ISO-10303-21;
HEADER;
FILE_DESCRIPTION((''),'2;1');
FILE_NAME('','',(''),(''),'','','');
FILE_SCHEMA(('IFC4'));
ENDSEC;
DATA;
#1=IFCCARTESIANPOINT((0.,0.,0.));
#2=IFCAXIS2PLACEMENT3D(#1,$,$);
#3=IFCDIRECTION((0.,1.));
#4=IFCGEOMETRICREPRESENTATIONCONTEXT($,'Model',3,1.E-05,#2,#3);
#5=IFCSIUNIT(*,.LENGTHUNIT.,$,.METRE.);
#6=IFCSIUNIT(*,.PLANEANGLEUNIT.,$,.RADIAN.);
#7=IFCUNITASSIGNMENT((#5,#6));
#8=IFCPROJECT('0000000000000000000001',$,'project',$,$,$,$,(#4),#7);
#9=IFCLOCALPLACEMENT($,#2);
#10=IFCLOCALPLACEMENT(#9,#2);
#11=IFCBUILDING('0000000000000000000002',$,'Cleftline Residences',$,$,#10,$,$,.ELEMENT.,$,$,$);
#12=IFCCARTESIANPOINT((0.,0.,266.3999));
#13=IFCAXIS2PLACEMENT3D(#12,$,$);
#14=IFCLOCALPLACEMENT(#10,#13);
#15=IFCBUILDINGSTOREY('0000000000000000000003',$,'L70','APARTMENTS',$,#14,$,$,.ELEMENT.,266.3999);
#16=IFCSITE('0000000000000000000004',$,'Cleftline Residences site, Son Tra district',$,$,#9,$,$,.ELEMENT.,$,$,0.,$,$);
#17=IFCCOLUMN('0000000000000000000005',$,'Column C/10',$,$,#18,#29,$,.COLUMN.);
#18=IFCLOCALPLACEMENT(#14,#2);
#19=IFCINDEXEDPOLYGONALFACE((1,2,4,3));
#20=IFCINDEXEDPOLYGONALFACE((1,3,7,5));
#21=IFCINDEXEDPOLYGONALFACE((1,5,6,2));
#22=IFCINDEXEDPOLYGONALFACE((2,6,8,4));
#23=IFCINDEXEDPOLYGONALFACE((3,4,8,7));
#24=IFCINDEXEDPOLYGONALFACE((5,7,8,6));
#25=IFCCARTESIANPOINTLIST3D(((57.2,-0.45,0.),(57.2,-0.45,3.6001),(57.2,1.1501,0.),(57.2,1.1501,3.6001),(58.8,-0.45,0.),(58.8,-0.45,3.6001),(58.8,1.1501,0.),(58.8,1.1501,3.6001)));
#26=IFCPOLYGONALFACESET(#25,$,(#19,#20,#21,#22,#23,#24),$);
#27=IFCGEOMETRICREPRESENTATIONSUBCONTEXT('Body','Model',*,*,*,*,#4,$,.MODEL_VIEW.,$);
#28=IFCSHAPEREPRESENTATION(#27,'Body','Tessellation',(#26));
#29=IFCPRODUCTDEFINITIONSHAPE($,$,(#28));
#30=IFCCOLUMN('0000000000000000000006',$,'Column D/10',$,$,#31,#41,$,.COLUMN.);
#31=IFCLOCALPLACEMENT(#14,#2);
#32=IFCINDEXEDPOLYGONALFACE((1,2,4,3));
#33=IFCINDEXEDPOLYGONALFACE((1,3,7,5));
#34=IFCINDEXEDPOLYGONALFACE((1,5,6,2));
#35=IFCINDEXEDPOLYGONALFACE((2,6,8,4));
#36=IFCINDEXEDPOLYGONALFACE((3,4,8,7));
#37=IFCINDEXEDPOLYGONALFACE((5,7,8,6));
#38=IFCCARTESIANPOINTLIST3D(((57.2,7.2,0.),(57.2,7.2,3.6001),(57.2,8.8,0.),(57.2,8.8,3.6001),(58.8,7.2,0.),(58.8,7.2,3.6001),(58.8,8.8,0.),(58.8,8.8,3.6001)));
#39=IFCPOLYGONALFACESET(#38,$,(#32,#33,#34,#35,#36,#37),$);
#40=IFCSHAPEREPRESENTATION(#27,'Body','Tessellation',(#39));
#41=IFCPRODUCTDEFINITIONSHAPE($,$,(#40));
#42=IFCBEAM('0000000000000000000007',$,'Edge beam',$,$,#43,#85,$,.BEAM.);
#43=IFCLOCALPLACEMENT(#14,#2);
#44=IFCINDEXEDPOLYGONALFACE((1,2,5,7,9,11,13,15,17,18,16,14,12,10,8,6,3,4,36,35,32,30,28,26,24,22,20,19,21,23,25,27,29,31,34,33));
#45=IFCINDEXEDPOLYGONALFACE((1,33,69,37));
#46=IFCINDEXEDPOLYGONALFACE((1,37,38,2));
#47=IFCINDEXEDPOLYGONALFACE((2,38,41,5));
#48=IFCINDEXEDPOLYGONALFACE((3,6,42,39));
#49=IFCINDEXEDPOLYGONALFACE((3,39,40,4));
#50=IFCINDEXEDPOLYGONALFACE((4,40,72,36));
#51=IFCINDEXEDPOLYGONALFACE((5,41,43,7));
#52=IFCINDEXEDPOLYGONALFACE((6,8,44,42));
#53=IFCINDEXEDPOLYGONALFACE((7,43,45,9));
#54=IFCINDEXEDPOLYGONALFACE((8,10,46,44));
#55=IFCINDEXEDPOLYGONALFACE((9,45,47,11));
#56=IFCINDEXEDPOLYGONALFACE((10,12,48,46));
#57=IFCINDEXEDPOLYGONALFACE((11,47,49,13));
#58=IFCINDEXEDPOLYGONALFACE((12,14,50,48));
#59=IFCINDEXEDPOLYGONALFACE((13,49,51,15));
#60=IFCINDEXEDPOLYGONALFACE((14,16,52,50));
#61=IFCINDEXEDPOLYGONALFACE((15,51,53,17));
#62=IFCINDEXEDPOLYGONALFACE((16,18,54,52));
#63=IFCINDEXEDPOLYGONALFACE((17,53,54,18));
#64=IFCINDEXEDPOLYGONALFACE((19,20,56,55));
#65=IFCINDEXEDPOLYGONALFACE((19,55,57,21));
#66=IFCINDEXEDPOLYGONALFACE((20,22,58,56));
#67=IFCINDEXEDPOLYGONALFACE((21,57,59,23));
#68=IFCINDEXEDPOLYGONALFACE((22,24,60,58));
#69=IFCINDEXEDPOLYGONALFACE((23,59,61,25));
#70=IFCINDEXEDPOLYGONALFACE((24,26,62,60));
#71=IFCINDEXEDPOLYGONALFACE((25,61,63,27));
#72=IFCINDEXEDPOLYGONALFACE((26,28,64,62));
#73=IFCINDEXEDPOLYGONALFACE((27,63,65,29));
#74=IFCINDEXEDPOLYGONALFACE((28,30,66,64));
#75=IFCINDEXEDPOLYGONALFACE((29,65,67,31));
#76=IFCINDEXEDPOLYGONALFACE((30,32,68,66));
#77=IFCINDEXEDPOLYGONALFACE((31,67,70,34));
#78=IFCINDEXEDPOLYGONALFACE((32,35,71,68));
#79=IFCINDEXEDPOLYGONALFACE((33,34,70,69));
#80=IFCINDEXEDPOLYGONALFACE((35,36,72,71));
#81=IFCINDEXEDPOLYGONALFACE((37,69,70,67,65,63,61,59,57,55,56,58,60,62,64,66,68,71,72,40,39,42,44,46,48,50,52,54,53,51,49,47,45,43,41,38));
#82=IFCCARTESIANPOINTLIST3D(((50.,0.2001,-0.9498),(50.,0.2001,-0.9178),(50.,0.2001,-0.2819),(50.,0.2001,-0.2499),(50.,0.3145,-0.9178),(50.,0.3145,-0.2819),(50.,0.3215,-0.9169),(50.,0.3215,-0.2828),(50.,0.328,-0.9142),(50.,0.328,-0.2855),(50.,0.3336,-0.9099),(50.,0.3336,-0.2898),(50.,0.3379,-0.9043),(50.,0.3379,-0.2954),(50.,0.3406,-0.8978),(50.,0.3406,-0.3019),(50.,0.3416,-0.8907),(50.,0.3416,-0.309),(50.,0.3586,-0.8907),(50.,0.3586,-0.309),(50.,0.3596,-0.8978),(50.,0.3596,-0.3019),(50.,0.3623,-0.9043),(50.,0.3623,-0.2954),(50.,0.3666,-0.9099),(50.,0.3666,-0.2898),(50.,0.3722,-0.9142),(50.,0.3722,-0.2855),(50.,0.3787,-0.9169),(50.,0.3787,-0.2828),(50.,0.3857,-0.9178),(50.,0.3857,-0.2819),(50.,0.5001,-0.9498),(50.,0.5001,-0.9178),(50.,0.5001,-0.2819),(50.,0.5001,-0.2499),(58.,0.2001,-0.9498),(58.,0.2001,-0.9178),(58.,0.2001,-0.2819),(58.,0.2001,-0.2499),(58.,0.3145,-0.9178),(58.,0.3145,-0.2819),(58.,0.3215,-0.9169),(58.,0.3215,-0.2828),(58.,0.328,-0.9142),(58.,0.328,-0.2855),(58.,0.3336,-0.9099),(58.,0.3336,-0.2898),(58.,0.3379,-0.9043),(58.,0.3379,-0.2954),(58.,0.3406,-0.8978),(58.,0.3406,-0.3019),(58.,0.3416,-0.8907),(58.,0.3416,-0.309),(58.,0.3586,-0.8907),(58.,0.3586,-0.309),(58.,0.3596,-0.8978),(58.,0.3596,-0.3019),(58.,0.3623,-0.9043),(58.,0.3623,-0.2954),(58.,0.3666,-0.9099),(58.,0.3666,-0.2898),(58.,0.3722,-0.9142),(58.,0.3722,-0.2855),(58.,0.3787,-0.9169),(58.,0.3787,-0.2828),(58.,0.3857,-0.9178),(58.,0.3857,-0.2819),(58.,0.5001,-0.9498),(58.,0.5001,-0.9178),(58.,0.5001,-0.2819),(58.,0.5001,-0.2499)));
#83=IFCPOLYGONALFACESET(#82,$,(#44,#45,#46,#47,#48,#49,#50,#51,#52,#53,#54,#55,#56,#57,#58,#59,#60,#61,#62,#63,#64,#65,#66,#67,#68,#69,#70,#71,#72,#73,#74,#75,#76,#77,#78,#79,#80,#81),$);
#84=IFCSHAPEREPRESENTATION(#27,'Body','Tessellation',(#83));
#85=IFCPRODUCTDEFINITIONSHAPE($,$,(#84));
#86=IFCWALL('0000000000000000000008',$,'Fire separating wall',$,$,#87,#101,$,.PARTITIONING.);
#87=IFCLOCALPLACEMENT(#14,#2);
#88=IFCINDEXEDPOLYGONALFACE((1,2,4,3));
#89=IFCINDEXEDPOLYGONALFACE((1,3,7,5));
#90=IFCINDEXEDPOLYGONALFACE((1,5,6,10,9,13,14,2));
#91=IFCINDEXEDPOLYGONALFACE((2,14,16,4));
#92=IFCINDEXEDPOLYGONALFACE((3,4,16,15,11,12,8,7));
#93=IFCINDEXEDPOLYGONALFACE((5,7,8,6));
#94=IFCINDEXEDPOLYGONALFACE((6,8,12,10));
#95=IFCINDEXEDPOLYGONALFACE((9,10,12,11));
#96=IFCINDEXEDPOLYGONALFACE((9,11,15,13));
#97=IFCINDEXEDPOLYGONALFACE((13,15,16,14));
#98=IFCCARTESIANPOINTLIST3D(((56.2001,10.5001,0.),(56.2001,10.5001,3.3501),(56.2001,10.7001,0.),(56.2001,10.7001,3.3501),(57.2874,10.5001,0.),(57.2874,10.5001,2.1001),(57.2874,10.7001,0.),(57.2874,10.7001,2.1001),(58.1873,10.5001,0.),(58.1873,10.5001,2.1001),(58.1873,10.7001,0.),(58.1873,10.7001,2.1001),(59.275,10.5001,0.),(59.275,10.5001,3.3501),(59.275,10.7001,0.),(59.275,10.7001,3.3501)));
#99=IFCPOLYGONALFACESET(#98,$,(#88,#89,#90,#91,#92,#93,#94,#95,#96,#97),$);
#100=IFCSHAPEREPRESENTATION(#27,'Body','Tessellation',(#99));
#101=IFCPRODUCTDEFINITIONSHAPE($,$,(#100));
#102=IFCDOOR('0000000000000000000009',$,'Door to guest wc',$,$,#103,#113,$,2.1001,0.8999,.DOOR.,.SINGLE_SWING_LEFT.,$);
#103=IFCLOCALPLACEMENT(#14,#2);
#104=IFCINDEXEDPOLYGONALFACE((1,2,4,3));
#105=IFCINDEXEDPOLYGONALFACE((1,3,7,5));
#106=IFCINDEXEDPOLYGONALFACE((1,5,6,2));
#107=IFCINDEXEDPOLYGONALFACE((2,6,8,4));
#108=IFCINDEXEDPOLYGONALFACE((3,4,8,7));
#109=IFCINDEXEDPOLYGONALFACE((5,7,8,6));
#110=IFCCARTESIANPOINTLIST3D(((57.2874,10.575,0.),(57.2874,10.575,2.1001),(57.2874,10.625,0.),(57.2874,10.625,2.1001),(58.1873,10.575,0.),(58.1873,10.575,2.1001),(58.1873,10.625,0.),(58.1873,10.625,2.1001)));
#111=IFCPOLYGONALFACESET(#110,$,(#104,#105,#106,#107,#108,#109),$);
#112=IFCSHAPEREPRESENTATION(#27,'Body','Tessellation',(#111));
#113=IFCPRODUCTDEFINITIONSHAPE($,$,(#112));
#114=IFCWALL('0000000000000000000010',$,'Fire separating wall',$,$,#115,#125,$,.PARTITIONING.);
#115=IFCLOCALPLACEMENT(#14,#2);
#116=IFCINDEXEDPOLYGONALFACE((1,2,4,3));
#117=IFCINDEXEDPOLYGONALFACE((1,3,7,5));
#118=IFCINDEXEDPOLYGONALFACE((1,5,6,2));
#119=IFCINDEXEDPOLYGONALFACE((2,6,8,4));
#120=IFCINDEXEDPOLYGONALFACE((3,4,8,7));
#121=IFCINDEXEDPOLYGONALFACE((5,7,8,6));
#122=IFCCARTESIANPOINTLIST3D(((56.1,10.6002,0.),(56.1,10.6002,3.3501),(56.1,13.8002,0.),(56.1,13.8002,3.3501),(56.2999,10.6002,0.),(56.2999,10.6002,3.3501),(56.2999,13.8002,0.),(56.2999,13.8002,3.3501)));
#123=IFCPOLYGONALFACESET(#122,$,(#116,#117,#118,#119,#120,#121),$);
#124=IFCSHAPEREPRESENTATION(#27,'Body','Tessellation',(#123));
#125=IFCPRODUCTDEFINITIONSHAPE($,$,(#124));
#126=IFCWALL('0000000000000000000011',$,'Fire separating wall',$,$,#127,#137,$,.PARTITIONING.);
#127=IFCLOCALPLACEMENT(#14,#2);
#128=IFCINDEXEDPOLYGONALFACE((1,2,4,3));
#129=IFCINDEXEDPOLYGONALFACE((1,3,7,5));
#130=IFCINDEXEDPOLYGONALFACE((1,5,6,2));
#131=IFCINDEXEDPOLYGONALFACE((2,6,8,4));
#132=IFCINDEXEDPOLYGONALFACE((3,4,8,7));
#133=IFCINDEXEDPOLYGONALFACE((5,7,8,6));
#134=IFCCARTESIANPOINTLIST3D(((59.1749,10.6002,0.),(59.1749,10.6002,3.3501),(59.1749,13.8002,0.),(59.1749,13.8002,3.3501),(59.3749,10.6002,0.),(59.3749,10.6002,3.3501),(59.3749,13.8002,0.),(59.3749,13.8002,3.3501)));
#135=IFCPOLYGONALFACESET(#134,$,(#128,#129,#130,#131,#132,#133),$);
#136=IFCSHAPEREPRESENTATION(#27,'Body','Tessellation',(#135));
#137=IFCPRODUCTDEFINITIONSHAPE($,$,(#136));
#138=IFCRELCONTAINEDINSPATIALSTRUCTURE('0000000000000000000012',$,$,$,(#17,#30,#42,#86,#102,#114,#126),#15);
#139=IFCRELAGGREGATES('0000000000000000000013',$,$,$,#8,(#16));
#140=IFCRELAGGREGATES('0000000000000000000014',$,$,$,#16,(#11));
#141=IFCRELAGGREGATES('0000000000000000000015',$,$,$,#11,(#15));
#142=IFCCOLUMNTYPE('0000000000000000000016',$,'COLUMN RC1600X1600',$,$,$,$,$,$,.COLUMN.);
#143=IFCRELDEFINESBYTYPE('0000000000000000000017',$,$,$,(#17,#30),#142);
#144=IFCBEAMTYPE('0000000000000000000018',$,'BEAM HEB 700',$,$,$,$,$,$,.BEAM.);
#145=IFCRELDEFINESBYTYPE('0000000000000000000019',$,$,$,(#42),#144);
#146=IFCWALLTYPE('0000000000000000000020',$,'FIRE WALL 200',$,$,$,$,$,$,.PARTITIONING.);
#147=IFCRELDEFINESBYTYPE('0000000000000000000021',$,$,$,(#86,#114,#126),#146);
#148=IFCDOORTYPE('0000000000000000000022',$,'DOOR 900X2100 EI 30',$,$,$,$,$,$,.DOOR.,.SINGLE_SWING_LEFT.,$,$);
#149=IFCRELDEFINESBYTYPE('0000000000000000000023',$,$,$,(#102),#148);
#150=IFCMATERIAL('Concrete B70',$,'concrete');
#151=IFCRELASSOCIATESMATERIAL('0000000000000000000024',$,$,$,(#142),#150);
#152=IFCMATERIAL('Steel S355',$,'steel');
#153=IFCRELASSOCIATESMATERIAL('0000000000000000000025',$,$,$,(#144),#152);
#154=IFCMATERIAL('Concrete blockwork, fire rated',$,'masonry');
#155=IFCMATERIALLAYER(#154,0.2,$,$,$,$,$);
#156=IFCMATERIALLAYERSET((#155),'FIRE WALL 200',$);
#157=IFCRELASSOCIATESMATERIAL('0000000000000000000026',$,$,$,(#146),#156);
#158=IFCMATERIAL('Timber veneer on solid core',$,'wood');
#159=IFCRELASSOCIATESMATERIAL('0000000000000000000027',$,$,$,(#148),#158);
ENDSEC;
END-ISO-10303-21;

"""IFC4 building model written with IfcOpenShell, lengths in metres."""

from ifc_helpers import new_model, si_unit, direction, frame, frame_2d, origin, origin_2d, place, context, subcontext, project, spatial, rectangle, i_section, extrude, material, layer, layer_set, material_profile, profile_set, type_object, element, fill, save


model = new_model("IFC4")

# Units and contexts
model_context = context("Model", 3, precision=1e-05, world=origin(), true_north=direction((0.0, 1.0)))
body_context = subcontext(model_context, "Body", "Model", "MODEL_VIEW")
ifc_project = project(units=[si_unit("LENGTHUNIT", "METRE"), si_unit("PLANEANGLEUNIT", "RADIAN")], contexts=[model_context])

# Site, building, storey
site_placement = place(None, origin())
site = spatial("IfcSite", under=ifc_project, at=site_placement, Name="Cleftline Residences site, Son Tra district", CompositionType="ELEMENT", RefElevation=0.0)
building_placement = place(site_placement, origin())
building = spatial("IfcBuilding", under=site, at=building_placement, Name="Cleftline Residences", CompositionType="ELEMENT")
storey_placement = place(building_placement, frame((0.0, 0.0, 266.3999)))
storey = spatial("IfcBuildingStorey", under=building, at=storey_placement, Name="L70", Description="APARTMENTS", CompositionType="ELEMENT", Elevation=266.3999)

# Columns
ifc_material_1 = material(Name="Concrete B70", Category="concrete")
ifc_material_profile_1 = material_profile(ifc_material_1, rectangle(XDim=1.6001, YDim=1.6001, at=origin_2d()))
ifc_profile_set_1 = profile_set([ifc_material_profile_1], Name="Concrete B70")
column_type = type_object("IfcColumnType", Name="COLUMN RC1600X1600", PredefinedType="COLUMN", material=ifc_profile_set_1)
for number, where, z_axis, x_axis, name in (
    (1, (58.0, 0.3501, 0.0), (0.0, 0.0, 1.0), (1.0, 0.0, 0.0), "Column C/10"),
    (2, (58.0, 8.0, 0.0), (0.0, 0.0, 1.0), (1.0, 0.0, 0.0), "Column D/10"),
):
    element("IfcColumn", number, at=place(storey_placement, frame(where, z_axis=z_axis, x_axis=x_axis)), inside=storey, type_object=column_type, Name=name, PredefinedType="COLUMN", context=body_context, shape_type="SweptSolid", body=[
        extrude(rectangle(XDim=1.6001, YDim=1.6001, at=origin_2d()), origin(), (0.0, 0.0, 1.0), 3.6001),
    ])

# Beam
ifc_material_2 = material(Name="Steel S355", Category="steel")
ifc_material_profile_2 = material_profile(ifc_material_2, i_section(OverallWidth=0.3, OverallDepth=0.7, WebThickness=0.0171, FlangeThickness=0.032, FilletRadius=0.0271, at=origin_2d()))
ifc_profile_set_2 = profile_set([ifc_material_profile_2], Name="Steel S355")
beam_type = type_object("IfcBeamType", Name="BEAM HEB 700", PredefinedType="BEAM", material=ifc_profile_set_2)
beam_placement = place(storey_placement, frame((58.0, 0.3501, -0.5999), z_axis=(-1.0, 0.0, 0.0), x_axis=(0.0, -1.0, 0.0)))
element("IfcBeam", 3, at=beam_placement, inside=storey, type_object=beam_type, Name="Edge beam", PredefinedType="BEAM", context=body_context, shape_type="SweptSolid", body=[
    extrude(i_section(OverallWidth=0.3, OverallDepth=0.7, WebThickness=0.0171, FlangeThickness=0.032, FilletRadius=0.0271, at=origin_2d()), origin(), (0.0, 0.0, 1.0), 8.0),
])

# Wall, opening, door
ifc_material_3 = material(Name="Concrete blockwork, fire rated", Category="masonry")
ifc_layer_1 = layer(ifc_material_3, 0.2)
ifc_layer_set_1 = layer_set([ifc_layer_1], Name="FIRE WALL 200")
wall_type_1 = type_object("IfcWallType", Name="FIRE WALL 200", PredefinedType="PARTITIONING", material=ifc_layer_set_1)
wall_1_placement = place(storey_placement, frame((56.2, 10.6001, 0.0), z_axis=(0.0, 0.0, 1.0), x_axis=(1.0, 0.0, 0.0)))
wall_1 = element("IfcWall", 4, at=wall_1_placement, inside=storey, type_object=wall_type_1, Name="Fire separating wall", PredefinedType="PARTITIONING", context=body_context, shape_type="SweptSolid", body=[
    extrude(rectangle(XDim=3.075, YDim=0.2, at=frame_2d((1.5376, 0.0))), origin(), (0.0, 0.0, 1.0), 3.3501),
])
opening_1_placement = place(wall_1_placement, frame((1.0874, 0.0, 0.0)))
opening_1 = element("IfcOpeningElement", 5, at=opening_1_placement, cuts=wall_1, PredefinedType="OPENING", context=body_context, shape_type="SweptSolid", body=[
    extrude(rectangle(XDim=0.8999, YDim=2.1001, at=frame_2d((0.45, 1.05))), frame((0.0, 0.1099, 0.0), z_axis=(0.0, -1.0, 0.0), x_axis=(1.0, 0.0, 0.0)), (0.0, 0.0, 1.0), 0.22),
])
ifc_material_4 = material(Name="Timber veneer on solid core", Category="wood")
door_type_1 = type_object("IfcDoorType", Name="DOOR 900X2100 EI 30", OperationType="SINGLE_SWING_LEFT", PredefinedType="DOOR", material=ifc_material_4)
door_1_placement = place(opening_1_placement, origin())
door_1 = element("IfcDoor", 6, at=door_1_placement, inside=storey, type_object=door_type_1, Name="Door to guest wc", OperationType="SINGLE_SWING_LEFT", OverallHeight=2.1001, OverallWidth=0.8999, PredefinedType="DOOR", context=body_context, shape_type="SweptSolid", body=[
    extrude(rectangle(XDim=0.8999, YDim=2.1001, at=frame_2d((0.45, 1.05))), frame((0.0, 0.0249, 0.0), z_axis=(0.0, -1.0, 0.0), x_axis=(1.0, 0.0, 0.0)), (0.0, 0.0, 1.0), 0.05),
])
fill(opening_1, door_1)

# Walls
for number, where, z_axis, x_axis, name in (
    (7, (56.2, 10.6001, 0.0), (0.0, 0.0, 1.0), (0.0, 1.0, 0.0), "Fire separating wall"),
    (8, (59.2749, 10.6001, 0.0), (0.0, 0.0, 1.0), (0.0, 1.0, 0.0), "Fire separating wall"),
):
    element("IfcWall", number, at=place(storey_placement, frame(where, z_axis=z_axis, x_axis=x_axis)), inside=storey, type_object=wall_type_1, Name=name, PredefinedType="PARTITIONING", context=body_context, shape_type="SweptSolid", body=[
        extrude(rectangle(XDim=3.2, YDim=0.2, at=frame_2d((1.6001, 0.0))), origin(), (0.0, 0.0, 1.0), 3.3501),
    ])

save(model, "model.ifc")
